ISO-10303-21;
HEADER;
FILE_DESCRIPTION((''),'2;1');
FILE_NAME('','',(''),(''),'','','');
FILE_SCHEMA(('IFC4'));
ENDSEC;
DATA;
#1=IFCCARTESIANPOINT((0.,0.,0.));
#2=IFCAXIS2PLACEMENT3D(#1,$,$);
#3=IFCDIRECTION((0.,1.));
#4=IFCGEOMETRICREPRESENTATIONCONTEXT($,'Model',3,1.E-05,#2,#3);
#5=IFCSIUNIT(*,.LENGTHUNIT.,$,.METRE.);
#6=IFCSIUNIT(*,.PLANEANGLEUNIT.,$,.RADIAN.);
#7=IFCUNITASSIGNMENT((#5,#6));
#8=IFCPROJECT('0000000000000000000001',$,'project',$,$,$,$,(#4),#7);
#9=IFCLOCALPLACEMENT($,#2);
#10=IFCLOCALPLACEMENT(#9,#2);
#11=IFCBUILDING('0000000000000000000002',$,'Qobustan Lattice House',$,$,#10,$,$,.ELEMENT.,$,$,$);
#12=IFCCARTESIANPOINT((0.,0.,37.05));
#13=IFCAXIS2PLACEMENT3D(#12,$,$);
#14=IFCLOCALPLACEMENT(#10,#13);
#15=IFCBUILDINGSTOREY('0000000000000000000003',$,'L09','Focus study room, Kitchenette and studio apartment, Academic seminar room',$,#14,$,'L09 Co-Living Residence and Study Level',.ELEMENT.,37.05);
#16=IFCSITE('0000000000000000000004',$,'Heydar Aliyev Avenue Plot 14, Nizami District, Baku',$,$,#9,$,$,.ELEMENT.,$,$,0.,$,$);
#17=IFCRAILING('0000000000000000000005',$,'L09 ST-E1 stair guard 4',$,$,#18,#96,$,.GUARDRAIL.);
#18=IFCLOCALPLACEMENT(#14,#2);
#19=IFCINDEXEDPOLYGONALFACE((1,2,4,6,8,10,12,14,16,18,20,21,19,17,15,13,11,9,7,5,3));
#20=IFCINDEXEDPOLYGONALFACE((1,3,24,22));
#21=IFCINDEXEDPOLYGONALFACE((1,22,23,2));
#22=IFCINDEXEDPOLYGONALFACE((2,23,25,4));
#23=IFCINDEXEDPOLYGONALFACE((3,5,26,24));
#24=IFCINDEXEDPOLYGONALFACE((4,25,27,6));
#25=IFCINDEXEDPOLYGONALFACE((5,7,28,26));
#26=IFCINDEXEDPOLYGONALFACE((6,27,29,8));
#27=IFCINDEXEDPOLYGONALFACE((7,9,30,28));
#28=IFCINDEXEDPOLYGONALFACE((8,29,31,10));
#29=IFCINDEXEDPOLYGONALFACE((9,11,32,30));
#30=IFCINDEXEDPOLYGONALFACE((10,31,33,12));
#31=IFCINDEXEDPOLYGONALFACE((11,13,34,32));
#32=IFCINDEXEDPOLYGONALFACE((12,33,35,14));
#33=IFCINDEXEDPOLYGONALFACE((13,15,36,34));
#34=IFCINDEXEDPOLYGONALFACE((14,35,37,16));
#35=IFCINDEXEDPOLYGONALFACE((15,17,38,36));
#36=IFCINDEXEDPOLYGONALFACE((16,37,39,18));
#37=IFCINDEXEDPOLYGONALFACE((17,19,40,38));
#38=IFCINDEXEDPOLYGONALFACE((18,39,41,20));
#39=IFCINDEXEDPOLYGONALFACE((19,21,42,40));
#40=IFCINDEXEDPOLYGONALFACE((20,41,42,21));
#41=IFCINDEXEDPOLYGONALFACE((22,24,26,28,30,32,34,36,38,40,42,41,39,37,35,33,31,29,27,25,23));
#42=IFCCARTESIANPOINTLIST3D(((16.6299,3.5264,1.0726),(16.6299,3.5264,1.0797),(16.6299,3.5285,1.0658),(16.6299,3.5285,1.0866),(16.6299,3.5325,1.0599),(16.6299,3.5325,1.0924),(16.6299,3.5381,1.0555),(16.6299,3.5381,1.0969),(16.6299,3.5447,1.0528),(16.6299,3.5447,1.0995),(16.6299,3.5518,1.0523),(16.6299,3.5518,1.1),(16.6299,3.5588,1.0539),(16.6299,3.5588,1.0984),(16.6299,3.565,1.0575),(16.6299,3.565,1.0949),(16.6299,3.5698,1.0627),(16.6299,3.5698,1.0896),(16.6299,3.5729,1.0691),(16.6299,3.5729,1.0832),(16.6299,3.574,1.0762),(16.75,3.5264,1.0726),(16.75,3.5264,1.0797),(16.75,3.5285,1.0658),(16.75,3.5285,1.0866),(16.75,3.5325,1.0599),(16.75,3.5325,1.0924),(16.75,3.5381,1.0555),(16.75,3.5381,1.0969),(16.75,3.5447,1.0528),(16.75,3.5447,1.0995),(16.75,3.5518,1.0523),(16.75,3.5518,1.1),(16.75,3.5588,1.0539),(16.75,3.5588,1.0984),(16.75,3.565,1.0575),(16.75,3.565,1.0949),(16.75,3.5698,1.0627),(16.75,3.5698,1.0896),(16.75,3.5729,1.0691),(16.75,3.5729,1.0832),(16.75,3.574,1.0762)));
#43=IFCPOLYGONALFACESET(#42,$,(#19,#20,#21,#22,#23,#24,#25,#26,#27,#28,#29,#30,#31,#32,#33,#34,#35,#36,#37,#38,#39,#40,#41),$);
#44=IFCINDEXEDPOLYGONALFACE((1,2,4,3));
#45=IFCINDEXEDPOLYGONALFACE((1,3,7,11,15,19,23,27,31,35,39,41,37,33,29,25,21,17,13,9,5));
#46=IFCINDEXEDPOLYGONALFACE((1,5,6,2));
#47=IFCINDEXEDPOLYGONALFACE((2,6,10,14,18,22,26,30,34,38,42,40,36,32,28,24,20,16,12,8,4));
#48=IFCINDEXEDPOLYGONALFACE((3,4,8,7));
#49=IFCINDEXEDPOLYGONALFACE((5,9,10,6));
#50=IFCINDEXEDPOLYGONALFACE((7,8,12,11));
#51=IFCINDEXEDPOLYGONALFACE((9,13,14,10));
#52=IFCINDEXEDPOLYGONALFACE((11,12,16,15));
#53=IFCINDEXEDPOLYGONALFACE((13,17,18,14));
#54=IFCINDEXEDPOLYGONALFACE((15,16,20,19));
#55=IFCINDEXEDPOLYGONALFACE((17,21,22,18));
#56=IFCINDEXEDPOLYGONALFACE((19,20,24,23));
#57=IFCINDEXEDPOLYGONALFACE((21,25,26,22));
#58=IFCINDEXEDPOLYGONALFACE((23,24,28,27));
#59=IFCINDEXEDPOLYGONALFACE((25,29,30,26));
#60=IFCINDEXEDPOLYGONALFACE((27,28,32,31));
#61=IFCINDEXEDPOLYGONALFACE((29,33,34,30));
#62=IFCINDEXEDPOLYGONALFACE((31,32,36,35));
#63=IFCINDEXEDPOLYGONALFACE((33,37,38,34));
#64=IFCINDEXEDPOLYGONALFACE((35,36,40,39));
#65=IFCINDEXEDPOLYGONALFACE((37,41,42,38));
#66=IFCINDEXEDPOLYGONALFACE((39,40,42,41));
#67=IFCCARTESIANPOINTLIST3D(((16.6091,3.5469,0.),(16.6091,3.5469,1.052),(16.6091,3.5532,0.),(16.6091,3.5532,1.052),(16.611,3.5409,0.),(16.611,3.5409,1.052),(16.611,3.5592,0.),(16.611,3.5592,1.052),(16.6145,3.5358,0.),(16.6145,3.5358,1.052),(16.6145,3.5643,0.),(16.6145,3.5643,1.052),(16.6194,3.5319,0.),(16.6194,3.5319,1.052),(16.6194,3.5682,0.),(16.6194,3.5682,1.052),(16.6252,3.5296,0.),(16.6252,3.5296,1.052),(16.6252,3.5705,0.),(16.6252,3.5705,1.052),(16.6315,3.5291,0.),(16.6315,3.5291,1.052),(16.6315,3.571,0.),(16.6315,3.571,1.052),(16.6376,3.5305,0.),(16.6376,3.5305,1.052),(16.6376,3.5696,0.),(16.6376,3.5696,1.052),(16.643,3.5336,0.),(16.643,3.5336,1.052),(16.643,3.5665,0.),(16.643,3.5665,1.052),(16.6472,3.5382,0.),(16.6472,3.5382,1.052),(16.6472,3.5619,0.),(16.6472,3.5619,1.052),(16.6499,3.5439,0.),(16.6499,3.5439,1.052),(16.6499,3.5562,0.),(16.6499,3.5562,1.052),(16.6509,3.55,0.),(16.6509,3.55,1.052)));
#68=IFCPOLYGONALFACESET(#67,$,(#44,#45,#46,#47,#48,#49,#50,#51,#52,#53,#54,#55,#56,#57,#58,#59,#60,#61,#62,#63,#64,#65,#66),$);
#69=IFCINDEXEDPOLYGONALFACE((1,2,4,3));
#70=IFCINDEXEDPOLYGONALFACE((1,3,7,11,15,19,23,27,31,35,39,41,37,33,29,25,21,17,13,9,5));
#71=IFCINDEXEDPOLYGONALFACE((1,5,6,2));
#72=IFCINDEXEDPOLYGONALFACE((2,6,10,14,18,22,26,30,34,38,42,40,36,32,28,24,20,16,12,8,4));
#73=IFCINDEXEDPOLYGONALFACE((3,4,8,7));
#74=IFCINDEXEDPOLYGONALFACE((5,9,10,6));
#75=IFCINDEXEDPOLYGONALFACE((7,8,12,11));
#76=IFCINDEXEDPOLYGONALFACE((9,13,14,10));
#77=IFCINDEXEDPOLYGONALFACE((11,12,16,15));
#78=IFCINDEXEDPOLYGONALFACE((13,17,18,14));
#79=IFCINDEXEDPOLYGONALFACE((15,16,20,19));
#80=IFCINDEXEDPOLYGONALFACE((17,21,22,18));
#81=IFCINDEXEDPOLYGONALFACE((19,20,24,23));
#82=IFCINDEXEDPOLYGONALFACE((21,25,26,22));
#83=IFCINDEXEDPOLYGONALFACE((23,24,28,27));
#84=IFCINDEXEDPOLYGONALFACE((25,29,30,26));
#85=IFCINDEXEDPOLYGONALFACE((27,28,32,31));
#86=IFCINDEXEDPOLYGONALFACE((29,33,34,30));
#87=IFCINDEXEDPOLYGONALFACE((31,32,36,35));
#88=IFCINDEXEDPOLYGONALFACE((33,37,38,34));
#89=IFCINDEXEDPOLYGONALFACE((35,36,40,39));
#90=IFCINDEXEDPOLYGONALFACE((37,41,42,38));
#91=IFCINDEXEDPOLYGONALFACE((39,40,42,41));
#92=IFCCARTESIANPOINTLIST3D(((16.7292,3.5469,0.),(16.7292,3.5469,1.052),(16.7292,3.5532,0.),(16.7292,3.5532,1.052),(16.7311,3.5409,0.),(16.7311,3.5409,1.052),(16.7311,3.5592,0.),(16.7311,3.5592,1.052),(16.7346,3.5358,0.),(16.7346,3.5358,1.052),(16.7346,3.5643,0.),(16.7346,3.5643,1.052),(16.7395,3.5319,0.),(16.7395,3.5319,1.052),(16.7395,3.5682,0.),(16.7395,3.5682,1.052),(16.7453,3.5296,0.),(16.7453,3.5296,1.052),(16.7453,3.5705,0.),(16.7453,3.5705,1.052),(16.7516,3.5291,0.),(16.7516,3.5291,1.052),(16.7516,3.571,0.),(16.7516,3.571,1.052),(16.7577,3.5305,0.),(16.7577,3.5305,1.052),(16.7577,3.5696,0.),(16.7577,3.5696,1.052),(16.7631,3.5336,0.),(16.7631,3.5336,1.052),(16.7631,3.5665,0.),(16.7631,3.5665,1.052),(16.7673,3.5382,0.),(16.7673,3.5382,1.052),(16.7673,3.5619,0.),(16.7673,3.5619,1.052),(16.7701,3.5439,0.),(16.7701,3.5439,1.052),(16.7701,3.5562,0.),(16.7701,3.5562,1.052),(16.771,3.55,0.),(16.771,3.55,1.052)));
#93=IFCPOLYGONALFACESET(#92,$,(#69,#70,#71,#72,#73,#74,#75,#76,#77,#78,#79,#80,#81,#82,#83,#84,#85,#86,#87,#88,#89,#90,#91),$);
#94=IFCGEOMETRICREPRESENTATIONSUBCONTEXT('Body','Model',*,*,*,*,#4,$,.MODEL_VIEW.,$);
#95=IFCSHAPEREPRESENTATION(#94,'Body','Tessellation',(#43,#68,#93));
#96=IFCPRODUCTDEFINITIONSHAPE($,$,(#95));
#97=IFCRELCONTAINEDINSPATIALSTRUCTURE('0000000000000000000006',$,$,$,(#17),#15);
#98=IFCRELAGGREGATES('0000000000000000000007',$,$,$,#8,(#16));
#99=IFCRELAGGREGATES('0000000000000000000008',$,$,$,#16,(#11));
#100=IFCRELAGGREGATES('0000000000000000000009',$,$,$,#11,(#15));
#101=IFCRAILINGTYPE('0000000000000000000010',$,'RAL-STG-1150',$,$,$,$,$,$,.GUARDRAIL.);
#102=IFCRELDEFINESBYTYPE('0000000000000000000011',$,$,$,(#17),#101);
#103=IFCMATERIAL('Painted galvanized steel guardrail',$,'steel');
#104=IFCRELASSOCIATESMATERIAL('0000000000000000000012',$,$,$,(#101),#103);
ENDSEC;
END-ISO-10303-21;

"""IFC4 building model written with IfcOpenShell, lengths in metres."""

from ifc_helpers import new_model, si_unit, direction, frame, origin, origin_2d, place, context, subcontext, project, spatial, circle, extrude, material, type_object, element, save


model = new_model("IFC4")

# Units and contexts
model_context = context("Model", 3, precision=1e-05, world=origin(), true_north=direction((0.0, 1.0)))
body_context = subcontext(model_context, "Body", "Model", "MODEL_VIEW")
ifc_project = project(units=[si_unit("LENGTHUNIT", "METRE"), si_unit("PLANEANGLEUNIT", "RADIAN")], contexts=[model_context])

# Site, building, storey
site_placement = place(None, origin())
site = spatial("IfcSite", under=ifc_project, at=site_placement, Name="Heydar Aliyev Avenue Plot 14, Nizami District, Baku", CompositionType="ELEMENT", RefElevation=0.0)
building_placement = place(site_placement, origin())
building = spatial("IfcBuilding", under=site, at=building_placement, Name="Qobustan Lattice House", CompositionType="ELEMENT")
storey_placement = place(building_placement, frame((0.0, 0.0, 37.05)))
storey = spatial("IfcBuildingStorey", under=building, at=storey_placement, Name="L09", Description="Focus study room, Kitchenette and studio apartment, Academic seminar room", LongName="L09 Co-Living Residence and Study Level", CompositionType="ELEMENT", Elevation=37.05)

# Railing
ifc_material_1 = material(Name="Painted galvanized steel guardrail", Category="steel")
railing_type_1 = type_object("IfcRailingType", Name="RAL-STG-1150", PredefinedType="GUARDRAIL", material=ifc_material_1)
railing_1_placement = place(storey_placement, frame((16.6299, 3.55, 0.0)))
element("IfcRailing", 1, at=railing_1_placement, inside=storey, type_object=railing_type_1, Name="L09 ST-E1 stair guard 4", PredefinedType="GUARDRAIL", context=body_context, shape_type="SweptSolid", body=[
    extrude(circle(Radius=0.0239, at=origin_2d()), frame((0.0, 0.0, 1.0762), z_axis=(1.0, 0.0, 0.0), x_axis=(0.0, 1.0, 0.0)), (0.0, 0.0, 1.0), 0.1201),
    extrude(circle(Radius=0.021, at=origin_2d()), origin(), (0.0, 0.0, 1.0), 1.052),
    extrude(circle(Radius=0.021, at=origin_2d()), frame((0.1201, 0.0, 0.0)), (0.0, 0.0, 1.0), 1.052),
])

save(model, "model.ifc")
